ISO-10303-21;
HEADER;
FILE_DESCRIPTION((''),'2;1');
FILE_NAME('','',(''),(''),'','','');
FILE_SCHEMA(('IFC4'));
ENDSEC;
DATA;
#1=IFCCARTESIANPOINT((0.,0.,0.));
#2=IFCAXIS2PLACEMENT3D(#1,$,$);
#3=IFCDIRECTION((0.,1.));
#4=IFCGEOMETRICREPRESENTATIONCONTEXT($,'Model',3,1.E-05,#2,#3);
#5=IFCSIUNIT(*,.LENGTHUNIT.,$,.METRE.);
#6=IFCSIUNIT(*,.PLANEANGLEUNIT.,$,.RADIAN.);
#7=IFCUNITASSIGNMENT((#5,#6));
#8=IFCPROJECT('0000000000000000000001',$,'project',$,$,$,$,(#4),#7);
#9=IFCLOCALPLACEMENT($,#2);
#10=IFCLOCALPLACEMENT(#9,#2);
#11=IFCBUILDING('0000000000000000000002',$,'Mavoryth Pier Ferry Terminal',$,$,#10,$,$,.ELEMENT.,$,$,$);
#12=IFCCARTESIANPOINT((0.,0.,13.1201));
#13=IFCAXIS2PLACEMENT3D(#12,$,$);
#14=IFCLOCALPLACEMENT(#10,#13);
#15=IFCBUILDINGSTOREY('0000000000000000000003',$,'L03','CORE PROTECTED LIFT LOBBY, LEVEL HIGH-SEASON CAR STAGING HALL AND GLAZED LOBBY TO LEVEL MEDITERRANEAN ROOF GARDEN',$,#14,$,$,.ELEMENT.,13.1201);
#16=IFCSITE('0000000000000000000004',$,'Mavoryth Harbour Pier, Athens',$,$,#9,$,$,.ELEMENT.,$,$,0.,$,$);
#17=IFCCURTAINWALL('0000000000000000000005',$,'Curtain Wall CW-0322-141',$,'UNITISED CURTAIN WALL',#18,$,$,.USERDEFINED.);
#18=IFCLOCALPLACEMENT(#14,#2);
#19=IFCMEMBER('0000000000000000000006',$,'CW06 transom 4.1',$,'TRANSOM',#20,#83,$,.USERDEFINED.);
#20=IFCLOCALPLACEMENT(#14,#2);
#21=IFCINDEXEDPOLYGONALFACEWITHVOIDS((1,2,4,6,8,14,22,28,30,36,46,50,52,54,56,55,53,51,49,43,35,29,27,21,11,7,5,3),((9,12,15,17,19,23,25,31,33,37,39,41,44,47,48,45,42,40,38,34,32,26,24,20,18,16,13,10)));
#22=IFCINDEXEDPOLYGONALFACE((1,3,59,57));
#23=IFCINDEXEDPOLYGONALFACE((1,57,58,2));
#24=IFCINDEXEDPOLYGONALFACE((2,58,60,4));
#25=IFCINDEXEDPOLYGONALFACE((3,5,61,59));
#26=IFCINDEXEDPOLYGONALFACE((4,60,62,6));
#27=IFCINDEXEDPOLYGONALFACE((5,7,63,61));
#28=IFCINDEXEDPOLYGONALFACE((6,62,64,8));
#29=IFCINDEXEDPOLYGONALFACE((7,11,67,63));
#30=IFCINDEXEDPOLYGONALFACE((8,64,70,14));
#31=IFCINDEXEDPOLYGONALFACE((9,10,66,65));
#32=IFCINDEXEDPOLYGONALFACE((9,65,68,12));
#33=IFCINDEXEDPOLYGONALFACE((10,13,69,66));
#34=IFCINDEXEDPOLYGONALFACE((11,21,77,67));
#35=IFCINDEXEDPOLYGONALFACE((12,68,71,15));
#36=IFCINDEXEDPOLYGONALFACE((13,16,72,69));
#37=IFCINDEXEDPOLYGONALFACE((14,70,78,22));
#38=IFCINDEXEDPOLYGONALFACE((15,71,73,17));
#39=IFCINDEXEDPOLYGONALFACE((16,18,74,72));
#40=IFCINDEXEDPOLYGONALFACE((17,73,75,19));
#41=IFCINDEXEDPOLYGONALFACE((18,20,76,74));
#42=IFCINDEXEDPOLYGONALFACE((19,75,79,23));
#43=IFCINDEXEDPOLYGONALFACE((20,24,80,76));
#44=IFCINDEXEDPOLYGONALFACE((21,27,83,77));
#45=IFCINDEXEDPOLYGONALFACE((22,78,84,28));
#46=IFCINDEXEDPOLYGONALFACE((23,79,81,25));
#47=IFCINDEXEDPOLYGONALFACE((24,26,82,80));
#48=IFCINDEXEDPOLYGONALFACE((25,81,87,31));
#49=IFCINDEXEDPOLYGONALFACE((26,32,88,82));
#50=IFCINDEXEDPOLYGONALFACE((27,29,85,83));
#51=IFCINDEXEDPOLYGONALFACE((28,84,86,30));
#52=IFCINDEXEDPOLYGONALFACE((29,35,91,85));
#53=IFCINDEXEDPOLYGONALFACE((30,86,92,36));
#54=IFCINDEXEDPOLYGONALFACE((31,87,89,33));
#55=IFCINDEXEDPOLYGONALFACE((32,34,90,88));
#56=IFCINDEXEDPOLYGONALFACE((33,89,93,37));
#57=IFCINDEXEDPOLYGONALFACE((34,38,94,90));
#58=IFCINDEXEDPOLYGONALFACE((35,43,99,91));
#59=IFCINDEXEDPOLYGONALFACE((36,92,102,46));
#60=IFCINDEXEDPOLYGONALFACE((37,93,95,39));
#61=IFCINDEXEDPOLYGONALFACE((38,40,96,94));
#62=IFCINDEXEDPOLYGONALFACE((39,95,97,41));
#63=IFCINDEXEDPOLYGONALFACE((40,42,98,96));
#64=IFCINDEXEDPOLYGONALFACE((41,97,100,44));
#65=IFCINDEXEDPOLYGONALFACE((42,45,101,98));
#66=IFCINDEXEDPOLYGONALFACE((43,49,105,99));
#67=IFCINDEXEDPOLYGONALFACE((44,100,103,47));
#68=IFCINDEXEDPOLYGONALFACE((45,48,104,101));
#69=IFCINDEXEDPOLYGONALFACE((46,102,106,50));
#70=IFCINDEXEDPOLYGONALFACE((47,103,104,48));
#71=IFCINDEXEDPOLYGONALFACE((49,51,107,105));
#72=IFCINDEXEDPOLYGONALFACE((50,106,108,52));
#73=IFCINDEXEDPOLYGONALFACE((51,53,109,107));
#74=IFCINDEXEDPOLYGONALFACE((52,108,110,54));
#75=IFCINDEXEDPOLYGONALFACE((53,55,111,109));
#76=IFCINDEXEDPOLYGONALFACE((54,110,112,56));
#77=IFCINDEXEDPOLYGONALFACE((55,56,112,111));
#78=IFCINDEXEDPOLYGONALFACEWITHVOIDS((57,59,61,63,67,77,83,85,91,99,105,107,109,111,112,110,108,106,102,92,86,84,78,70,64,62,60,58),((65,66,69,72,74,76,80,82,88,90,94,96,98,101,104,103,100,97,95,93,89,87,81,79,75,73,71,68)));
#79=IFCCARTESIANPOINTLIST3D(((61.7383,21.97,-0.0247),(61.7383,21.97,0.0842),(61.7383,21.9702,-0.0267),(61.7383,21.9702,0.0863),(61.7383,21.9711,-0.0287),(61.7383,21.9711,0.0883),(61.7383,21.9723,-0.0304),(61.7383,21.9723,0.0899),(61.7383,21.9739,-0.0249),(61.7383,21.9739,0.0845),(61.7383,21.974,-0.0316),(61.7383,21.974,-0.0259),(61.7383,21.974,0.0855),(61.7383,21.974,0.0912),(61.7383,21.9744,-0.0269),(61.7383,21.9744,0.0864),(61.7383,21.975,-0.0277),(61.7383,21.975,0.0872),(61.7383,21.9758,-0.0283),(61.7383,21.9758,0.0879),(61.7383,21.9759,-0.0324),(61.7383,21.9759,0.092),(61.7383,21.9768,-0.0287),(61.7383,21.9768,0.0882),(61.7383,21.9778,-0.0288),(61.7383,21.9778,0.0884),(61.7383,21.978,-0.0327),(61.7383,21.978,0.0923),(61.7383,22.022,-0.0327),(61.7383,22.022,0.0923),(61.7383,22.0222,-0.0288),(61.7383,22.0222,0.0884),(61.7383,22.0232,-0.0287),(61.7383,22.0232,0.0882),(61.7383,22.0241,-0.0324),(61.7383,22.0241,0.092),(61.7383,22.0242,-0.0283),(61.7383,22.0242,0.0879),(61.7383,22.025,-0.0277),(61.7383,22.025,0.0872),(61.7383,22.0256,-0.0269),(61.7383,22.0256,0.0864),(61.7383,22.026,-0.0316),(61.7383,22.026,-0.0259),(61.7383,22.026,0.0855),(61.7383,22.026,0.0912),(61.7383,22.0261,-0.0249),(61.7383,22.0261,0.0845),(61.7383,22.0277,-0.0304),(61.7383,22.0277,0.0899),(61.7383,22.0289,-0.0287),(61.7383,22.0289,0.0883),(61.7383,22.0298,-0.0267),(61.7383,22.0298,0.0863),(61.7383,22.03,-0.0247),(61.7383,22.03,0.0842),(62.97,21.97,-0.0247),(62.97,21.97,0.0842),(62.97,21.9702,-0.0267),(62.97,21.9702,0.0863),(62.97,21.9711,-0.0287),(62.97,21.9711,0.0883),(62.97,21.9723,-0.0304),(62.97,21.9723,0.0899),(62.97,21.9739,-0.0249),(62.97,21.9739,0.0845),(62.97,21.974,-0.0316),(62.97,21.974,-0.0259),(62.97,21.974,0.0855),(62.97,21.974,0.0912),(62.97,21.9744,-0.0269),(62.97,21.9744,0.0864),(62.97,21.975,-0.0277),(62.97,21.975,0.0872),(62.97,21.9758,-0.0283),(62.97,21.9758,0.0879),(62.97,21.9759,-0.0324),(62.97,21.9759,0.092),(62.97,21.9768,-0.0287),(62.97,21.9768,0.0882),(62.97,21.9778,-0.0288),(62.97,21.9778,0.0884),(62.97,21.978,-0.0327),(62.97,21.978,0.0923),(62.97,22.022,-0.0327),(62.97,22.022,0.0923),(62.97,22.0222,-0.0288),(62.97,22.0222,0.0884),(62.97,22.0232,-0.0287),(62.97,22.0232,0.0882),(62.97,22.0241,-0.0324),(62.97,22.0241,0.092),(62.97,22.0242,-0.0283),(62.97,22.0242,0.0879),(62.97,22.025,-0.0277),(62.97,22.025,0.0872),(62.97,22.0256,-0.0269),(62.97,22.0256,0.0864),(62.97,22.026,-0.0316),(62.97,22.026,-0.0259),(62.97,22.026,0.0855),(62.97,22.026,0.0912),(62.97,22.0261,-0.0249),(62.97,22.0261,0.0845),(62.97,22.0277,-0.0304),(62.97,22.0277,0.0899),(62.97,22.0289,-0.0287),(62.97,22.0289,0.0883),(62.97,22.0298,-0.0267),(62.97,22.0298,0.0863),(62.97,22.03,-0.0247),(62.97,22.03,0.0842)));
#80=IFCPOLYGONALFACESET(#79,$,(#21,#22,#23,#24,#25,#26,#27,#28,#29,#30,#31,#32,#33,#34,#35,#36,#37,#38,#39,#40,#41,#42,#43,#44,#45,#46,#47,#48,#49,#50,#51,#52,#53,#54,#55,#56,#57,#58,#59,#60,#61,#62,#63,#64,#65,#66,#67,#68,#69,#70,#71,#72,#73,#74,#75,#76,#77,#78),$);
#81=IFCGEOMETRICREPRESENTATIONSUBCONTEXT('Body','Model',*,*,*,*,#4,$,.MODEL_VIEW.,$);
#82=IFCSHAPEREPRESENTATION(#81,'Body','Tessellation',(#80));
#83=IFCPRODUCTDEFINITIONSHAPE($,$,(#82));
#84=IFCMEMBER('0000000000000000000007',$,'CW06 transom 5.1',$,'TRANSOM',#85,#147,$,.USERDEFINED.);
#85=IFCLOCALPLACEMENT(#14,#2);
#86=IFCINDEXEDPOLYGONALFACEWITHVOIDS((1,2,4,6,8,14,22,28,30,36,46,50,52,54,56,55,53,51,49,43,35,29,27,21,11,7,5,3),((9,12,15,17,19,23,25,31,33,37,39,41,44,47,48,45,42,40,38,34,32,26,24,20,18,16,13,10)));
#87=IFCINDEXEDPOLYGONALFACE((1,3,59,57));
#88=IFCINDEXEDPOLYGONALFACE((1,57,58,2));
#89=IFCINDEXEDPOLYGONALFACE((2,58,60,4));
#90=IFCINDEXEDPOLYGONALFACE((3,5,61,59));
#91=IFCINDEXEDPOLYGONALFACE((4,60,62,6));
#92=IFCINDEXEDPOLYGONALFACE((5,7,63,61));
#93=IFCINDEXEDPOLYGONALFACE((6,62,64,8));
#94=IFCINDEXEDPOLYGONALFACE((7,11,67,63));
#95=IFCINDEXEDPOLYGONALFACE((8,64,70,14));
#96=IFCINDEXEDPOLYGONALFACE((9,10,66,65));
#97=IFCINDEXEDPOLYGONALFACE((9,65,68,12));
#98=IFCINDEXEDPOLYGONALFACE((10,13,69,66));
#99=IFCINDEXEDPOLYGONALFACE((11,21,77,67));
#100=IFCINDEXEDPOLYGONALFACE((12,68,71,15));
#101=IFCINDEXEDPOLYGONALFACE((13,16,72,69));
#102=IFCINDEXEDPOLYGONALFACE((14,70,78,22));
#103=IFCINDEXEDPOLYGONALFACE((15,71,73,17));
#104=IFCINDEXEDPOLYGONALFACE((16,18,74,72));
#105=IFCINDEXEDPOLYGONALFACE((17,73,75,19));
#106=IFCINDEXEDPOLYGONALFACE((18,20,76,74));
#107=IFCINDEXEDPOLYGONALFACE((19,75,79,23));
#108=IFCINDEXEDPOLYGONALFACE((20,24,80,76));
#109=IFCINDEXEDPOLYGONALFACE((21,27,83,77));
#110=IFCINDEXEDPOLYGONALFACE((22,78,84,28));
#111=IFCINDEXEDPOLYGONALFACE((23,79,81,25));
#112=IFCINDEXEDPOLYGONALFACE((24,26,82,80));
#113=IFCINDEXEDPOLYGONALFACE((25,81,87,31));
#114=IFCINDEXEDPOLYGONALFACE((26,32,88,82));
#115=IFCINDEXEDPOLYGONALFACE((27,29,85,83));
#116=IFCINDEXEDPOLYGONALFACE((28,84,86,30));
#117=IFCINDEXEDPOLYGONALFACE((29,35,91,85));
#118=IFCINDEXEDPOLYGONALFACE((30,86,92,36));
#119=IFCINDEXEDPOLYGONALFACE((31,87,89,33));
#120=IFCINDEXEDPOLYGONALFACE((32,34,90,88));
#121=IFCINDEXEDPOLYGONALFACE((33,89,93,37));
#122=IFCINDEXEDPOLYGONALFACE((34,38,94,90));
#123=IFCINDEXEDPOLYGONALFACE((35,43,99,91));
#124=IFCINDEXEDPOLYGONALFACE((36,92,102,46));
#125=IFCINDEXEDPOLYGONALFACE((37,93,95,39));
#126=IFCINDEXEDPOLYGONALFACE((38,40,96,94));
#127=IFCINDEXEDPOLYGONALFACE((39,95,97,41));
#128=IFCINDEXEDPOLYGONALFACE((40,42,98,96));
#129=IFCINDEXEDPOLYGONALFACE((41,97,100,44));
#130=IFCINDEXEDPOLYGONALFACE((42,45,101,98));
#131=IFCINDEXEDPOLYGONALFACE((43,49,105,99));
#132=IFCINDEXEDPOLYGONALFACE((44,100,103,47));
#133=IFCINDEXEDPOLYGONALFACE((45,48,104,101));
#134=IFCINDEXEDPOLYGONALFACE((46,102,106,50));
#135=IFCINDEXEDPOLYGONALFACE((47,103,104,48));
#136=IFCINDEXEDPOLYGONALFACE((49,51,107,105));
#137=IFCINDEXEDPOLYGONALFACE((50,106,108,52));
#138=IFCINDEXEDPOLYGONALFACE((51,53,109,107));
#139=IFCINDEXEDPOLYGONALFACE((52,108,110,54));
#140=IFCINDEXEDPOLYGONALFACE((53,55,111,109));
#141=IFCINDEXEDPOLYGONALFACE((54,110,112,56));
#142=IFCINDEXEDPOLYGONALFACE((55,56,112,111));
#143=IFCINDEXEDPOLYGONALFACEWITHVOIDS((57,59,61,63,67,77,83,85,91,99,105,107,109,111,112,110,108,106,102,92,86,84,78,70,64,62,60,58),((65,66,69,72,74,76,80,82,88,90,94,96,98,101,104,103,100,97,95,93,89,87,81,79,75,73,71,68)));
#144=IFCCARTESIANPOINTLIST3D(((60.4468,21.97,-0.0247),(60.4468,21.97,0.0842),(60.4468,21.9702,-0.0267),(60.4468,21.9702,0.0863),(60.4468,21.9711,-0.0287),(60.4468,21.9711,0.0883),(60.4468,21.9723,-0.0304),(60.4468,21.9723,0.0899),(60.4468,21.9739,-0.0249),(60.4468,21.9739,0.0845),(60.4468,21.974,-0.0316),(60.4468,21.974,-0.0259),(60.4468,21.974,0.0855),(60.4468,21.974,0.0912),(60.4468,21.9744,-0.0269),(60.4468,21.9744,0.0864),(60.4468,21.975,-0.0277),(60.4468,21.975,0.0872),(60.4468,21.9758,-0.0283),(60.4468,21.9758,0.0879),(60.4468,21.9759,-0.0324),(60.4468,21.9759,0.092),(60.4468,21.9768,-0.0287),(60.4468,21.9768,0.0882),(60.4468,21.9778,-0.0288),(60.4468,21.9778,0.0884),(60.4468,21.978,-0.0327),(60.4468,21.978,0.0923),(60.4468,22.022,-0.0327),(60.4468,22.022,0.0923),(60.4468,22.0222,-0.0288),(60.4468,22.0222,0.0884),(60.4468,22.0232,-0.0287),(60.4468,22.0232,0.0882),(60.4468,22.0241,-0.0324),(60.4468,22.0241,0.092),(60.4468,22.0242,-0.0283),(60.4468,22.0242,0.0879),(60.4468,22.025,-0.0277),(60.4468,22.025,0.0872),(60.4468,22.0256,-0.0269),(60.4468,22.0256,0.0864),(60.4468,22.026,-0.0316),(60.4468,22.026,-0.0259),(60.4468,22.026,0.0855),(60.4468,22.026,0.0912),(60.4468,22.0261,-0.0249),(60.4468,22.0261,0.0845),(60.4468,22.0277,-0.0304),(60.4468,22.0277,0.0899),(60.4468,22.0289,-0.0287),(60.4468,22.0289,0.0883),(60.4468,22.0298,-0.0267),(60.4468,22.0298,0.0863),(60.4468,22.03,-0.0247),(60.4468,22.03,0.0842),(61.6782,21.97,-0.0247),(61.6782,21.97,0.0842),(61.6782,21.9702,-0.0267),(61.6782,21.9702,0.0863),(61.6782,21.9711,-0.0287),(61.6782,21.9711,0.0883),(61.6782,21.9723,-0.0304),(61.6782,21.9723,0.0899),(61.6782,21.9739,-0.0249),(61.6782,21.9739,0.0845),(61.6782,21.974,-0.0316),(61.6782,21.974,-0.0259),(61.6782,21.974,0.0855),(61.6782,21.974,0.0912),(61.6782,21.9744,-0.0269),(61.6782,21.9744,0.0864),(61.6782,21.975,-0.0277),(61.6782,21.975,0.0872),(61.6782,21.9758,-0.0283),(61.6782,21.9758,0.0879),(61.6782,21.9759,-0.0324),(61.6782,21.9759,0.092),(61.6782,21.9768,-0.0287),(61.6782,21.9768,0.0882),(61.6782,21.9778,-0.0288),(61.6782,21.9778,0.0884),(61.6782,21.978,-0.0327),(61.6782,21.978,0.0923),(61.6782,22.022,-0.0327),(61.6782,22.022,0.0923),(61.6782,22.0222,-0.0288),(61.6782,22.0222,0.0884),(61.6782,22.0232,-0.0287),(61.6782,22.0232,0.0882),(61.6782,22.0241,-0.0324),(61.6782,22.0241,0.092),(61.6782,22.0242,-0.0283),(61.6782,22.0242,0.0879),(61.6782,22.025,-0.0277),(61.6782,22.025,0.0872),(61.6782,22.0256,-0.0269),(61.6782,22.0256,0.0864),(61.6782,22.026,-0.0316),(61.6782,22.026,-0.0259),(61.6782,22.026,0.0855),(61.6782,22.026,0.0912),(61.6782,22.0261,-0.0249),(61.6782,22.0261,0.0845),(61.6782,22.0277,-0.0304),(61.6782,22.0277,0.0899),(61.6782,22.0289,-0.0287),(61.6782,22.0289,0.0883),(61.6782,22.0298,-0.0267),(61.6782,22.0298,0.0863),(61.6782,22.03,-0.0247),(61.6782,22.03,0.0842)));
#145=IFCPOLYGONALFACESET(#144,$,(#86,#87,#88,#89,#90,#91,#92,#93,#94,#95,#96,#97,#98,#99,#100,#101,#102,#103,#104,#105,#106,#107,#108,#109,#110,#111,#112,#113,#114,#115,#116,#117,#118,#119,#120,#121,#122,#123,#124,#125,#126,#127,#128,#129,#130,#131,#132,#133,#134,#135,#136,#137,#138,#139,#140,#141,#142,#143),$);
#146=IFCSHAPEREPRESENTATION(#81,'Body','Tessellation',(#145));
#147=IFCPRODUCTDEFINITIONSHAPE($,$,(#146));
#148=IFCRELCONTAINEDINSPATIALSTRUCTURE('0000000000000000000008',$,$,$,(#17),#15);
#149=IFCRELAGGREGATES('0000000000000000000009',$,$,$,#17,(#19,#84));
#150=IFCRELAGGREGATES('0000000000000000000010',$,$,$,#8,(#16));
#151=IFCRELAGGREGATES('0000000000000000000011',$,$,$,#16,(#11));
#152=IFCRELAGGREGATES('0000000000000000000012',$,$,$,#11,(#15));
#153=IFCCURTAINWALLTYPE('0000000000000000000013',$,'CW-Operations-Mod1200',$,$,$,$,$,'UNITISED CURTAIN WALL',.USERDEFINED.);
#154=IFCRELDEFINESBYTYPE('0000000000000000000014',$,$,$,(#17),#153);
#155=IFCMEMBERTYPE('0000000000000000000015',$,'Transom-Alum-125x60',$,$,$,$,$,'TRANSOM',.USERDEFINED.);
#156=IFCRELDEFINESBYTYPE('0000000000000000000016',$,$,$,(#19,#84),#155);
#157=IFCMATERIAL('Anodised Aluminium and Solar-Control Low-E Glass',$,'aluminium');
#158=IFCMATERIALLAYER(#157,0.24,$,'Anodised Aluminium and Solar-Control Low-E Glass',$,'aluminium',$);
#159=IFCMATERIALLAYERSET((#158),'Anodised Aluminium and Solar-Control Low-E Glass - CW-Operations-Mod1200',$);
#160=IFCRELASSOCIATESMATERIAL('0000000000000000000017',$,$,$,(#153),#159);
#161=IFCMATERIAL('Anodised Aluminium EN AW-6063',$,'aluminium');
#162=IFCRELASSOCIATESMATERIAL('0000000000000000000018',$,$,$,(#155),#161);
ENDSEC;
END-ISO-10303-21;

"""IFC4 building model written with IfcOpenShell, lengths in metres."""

from ifc_helpers import new_model, si_unit, direction, frame, origin, origin_2d, place, context, subcontext, project, spatial, hollow_rectangle, extrude, material, layer, layer_set, material_profile, profile_set, type_object, element, aggregate, save


model = new_model("IFC4")

# Units and contexts
model_context = context("Model", 3, precision=1e-05, world=origin(), true_north=direction((0.0, 1.0)))
body_context = subcontext(model_context, "Body", "Model", "MODEL_VIEW")
ifc_project = project(units=[si_unit("LENGTHUNIT", "METRE"), si_unit("PLANEANGLEUNIT", "RADIAN")], contexts=[model_context])

# Site, building, storey
site_placement = place(None, origin())
site = spatial("IfcSite", under=ifc_project, at=site_placement, Name="Mavoryth Harbour Pier, Athens", CompositionType="ELEMENT", RefElevation=0.0)
building_placement = place(site_placement, origin())
building = spatial("IfcBuilding", under=site, at=building_placement, Name="Mavoryth Pier Ferry Terminal", CompositionType="ELEMENT")
storey_placement = place(building_placement, frame((0.0, 0.0, 13.1201)))
storey = spatial("IfcBuildingStorey", under=building, at=storey_placement, Name="L03", Description="CORE PROTECTED LIFT LOBBY, LEVEL HIGH-SEASON CAR STAGING HALL AND GLAZED LOBBY TO LEVEL MEDITERRANEAN ROOF GARDEN", CompositionType="ELEMENT", Elevation=13.1201)

# Shared definitions
ifc_material_1 = material(Name="Anodised Aluminium and Solar-Control Low-E Glass", Category="aluminium")
ifc_layer_1 = layer(ifc_material_1, 0.24, Name="Anodised Aluminium and Solar-Control Low-E Glass", Category="aluminium")
ifc_layer_set_1 = layer_set([ifc_layer_1], Name="Anodised Aluminium and Solar-Control Low-E Glass - CW-Operations-Mod1200")
curtain_wall_type = type_object("IfcCurtainWallType", Name="CW-Operations-Mod1200", ElementType="UNITISED CURTAIN WALL", PredefinedType="USERDEFINED", material=ifc_layer_set_1)
ifc_material_2 = material(Name="Anodised Aluminium EN AW-6063", Category="aluminium")

# Curtain wall
curtain_wall_1_placement = place(storey_placement, origin())
curtain_wall_1 = element("IfcCurtainWall", 1, at=curtain_wall_1_placement, inside=storey, type_object=curtain_wall_type, Name="Curtain Wall CW-0322-141", ObjectType="UNITISED CURTAIN WALL", PredefinedType="USERDEFINED")

# Members
ifc_material_profile_1 = material_profile(ifc_material_2, hollow_rectangle(XDim=0.0601, YDim=0.125, WallThickness=0.0039, InnerFilletRadius=0.0039, OuterFilletRadius=0.0081, at=origin_2d()), Name="AL-TRAN 125x60x4", Category="aluminium")
ifc_profile_set_1 = profile_set([ifc_material_profile_1], Name="Anodised Aluminium EN AW-6063 - AL-TRAN 125x60x4")
member_type_1 = type_object("IfcMemberType", Name="Transom-Alum-125x60", ElementType="TRANSOM", PredefinedType="USERDEFINED", material=ifc_profile_set_1)
member_1_placement = place(storey_placement, frame((62.97, 22.0, 0.0298), z_axis=(-1.0, 0.0, 0.0), x_axis=(0.0, -1.0, 0.0)))
member_1 = element("IfcMember", 2, at=member_1_placement, type_object=member_type_1, Name="CW06 transom 4.1", ObjectType="TRANSOM", PredefinedType="USERDEFINED", context=body_context, shape_type="SweptSolid", body=[
    extrude(hollow_rectangle(XDim=0.0601, YDim=0.125, WallThickness=0.0039, InnerFilletRadius=0.0039, OuterFilletRadius=0.0081, at=origin_2d()), origin(), (0.0, 0.0, 1.0), 1.2317),
])
member_2_placement = place(storey_placement, frame((61.6782, 22.0, 0.0298), z_axis=(-1.0, 0.0, 0.0), x_axis=(0.0, -1.0, 0.0)))
member_2 = element("IfcMember", 3, at=member_2_placement, type_object=member_type_1, Name="CW06 transom 5.1", ObjectType="TRANSOM", PredefinedType="USERDEFINED", context=body_context, shape_type="SweptSolid", body=[
    extrude(hollow_rectangle(XDim=0.0601, YDim=0.125, WallThickness=0.0039, InnerFilletRadius=0.0039, OuterFilletRadius=0.0081, at=origin_2d()), origin(), (0.0, 0.0, 1.0), 1.2314),
])

aggregate(curtain_wall_1, [member_1, member_2])

save(model, "model.ifc")
